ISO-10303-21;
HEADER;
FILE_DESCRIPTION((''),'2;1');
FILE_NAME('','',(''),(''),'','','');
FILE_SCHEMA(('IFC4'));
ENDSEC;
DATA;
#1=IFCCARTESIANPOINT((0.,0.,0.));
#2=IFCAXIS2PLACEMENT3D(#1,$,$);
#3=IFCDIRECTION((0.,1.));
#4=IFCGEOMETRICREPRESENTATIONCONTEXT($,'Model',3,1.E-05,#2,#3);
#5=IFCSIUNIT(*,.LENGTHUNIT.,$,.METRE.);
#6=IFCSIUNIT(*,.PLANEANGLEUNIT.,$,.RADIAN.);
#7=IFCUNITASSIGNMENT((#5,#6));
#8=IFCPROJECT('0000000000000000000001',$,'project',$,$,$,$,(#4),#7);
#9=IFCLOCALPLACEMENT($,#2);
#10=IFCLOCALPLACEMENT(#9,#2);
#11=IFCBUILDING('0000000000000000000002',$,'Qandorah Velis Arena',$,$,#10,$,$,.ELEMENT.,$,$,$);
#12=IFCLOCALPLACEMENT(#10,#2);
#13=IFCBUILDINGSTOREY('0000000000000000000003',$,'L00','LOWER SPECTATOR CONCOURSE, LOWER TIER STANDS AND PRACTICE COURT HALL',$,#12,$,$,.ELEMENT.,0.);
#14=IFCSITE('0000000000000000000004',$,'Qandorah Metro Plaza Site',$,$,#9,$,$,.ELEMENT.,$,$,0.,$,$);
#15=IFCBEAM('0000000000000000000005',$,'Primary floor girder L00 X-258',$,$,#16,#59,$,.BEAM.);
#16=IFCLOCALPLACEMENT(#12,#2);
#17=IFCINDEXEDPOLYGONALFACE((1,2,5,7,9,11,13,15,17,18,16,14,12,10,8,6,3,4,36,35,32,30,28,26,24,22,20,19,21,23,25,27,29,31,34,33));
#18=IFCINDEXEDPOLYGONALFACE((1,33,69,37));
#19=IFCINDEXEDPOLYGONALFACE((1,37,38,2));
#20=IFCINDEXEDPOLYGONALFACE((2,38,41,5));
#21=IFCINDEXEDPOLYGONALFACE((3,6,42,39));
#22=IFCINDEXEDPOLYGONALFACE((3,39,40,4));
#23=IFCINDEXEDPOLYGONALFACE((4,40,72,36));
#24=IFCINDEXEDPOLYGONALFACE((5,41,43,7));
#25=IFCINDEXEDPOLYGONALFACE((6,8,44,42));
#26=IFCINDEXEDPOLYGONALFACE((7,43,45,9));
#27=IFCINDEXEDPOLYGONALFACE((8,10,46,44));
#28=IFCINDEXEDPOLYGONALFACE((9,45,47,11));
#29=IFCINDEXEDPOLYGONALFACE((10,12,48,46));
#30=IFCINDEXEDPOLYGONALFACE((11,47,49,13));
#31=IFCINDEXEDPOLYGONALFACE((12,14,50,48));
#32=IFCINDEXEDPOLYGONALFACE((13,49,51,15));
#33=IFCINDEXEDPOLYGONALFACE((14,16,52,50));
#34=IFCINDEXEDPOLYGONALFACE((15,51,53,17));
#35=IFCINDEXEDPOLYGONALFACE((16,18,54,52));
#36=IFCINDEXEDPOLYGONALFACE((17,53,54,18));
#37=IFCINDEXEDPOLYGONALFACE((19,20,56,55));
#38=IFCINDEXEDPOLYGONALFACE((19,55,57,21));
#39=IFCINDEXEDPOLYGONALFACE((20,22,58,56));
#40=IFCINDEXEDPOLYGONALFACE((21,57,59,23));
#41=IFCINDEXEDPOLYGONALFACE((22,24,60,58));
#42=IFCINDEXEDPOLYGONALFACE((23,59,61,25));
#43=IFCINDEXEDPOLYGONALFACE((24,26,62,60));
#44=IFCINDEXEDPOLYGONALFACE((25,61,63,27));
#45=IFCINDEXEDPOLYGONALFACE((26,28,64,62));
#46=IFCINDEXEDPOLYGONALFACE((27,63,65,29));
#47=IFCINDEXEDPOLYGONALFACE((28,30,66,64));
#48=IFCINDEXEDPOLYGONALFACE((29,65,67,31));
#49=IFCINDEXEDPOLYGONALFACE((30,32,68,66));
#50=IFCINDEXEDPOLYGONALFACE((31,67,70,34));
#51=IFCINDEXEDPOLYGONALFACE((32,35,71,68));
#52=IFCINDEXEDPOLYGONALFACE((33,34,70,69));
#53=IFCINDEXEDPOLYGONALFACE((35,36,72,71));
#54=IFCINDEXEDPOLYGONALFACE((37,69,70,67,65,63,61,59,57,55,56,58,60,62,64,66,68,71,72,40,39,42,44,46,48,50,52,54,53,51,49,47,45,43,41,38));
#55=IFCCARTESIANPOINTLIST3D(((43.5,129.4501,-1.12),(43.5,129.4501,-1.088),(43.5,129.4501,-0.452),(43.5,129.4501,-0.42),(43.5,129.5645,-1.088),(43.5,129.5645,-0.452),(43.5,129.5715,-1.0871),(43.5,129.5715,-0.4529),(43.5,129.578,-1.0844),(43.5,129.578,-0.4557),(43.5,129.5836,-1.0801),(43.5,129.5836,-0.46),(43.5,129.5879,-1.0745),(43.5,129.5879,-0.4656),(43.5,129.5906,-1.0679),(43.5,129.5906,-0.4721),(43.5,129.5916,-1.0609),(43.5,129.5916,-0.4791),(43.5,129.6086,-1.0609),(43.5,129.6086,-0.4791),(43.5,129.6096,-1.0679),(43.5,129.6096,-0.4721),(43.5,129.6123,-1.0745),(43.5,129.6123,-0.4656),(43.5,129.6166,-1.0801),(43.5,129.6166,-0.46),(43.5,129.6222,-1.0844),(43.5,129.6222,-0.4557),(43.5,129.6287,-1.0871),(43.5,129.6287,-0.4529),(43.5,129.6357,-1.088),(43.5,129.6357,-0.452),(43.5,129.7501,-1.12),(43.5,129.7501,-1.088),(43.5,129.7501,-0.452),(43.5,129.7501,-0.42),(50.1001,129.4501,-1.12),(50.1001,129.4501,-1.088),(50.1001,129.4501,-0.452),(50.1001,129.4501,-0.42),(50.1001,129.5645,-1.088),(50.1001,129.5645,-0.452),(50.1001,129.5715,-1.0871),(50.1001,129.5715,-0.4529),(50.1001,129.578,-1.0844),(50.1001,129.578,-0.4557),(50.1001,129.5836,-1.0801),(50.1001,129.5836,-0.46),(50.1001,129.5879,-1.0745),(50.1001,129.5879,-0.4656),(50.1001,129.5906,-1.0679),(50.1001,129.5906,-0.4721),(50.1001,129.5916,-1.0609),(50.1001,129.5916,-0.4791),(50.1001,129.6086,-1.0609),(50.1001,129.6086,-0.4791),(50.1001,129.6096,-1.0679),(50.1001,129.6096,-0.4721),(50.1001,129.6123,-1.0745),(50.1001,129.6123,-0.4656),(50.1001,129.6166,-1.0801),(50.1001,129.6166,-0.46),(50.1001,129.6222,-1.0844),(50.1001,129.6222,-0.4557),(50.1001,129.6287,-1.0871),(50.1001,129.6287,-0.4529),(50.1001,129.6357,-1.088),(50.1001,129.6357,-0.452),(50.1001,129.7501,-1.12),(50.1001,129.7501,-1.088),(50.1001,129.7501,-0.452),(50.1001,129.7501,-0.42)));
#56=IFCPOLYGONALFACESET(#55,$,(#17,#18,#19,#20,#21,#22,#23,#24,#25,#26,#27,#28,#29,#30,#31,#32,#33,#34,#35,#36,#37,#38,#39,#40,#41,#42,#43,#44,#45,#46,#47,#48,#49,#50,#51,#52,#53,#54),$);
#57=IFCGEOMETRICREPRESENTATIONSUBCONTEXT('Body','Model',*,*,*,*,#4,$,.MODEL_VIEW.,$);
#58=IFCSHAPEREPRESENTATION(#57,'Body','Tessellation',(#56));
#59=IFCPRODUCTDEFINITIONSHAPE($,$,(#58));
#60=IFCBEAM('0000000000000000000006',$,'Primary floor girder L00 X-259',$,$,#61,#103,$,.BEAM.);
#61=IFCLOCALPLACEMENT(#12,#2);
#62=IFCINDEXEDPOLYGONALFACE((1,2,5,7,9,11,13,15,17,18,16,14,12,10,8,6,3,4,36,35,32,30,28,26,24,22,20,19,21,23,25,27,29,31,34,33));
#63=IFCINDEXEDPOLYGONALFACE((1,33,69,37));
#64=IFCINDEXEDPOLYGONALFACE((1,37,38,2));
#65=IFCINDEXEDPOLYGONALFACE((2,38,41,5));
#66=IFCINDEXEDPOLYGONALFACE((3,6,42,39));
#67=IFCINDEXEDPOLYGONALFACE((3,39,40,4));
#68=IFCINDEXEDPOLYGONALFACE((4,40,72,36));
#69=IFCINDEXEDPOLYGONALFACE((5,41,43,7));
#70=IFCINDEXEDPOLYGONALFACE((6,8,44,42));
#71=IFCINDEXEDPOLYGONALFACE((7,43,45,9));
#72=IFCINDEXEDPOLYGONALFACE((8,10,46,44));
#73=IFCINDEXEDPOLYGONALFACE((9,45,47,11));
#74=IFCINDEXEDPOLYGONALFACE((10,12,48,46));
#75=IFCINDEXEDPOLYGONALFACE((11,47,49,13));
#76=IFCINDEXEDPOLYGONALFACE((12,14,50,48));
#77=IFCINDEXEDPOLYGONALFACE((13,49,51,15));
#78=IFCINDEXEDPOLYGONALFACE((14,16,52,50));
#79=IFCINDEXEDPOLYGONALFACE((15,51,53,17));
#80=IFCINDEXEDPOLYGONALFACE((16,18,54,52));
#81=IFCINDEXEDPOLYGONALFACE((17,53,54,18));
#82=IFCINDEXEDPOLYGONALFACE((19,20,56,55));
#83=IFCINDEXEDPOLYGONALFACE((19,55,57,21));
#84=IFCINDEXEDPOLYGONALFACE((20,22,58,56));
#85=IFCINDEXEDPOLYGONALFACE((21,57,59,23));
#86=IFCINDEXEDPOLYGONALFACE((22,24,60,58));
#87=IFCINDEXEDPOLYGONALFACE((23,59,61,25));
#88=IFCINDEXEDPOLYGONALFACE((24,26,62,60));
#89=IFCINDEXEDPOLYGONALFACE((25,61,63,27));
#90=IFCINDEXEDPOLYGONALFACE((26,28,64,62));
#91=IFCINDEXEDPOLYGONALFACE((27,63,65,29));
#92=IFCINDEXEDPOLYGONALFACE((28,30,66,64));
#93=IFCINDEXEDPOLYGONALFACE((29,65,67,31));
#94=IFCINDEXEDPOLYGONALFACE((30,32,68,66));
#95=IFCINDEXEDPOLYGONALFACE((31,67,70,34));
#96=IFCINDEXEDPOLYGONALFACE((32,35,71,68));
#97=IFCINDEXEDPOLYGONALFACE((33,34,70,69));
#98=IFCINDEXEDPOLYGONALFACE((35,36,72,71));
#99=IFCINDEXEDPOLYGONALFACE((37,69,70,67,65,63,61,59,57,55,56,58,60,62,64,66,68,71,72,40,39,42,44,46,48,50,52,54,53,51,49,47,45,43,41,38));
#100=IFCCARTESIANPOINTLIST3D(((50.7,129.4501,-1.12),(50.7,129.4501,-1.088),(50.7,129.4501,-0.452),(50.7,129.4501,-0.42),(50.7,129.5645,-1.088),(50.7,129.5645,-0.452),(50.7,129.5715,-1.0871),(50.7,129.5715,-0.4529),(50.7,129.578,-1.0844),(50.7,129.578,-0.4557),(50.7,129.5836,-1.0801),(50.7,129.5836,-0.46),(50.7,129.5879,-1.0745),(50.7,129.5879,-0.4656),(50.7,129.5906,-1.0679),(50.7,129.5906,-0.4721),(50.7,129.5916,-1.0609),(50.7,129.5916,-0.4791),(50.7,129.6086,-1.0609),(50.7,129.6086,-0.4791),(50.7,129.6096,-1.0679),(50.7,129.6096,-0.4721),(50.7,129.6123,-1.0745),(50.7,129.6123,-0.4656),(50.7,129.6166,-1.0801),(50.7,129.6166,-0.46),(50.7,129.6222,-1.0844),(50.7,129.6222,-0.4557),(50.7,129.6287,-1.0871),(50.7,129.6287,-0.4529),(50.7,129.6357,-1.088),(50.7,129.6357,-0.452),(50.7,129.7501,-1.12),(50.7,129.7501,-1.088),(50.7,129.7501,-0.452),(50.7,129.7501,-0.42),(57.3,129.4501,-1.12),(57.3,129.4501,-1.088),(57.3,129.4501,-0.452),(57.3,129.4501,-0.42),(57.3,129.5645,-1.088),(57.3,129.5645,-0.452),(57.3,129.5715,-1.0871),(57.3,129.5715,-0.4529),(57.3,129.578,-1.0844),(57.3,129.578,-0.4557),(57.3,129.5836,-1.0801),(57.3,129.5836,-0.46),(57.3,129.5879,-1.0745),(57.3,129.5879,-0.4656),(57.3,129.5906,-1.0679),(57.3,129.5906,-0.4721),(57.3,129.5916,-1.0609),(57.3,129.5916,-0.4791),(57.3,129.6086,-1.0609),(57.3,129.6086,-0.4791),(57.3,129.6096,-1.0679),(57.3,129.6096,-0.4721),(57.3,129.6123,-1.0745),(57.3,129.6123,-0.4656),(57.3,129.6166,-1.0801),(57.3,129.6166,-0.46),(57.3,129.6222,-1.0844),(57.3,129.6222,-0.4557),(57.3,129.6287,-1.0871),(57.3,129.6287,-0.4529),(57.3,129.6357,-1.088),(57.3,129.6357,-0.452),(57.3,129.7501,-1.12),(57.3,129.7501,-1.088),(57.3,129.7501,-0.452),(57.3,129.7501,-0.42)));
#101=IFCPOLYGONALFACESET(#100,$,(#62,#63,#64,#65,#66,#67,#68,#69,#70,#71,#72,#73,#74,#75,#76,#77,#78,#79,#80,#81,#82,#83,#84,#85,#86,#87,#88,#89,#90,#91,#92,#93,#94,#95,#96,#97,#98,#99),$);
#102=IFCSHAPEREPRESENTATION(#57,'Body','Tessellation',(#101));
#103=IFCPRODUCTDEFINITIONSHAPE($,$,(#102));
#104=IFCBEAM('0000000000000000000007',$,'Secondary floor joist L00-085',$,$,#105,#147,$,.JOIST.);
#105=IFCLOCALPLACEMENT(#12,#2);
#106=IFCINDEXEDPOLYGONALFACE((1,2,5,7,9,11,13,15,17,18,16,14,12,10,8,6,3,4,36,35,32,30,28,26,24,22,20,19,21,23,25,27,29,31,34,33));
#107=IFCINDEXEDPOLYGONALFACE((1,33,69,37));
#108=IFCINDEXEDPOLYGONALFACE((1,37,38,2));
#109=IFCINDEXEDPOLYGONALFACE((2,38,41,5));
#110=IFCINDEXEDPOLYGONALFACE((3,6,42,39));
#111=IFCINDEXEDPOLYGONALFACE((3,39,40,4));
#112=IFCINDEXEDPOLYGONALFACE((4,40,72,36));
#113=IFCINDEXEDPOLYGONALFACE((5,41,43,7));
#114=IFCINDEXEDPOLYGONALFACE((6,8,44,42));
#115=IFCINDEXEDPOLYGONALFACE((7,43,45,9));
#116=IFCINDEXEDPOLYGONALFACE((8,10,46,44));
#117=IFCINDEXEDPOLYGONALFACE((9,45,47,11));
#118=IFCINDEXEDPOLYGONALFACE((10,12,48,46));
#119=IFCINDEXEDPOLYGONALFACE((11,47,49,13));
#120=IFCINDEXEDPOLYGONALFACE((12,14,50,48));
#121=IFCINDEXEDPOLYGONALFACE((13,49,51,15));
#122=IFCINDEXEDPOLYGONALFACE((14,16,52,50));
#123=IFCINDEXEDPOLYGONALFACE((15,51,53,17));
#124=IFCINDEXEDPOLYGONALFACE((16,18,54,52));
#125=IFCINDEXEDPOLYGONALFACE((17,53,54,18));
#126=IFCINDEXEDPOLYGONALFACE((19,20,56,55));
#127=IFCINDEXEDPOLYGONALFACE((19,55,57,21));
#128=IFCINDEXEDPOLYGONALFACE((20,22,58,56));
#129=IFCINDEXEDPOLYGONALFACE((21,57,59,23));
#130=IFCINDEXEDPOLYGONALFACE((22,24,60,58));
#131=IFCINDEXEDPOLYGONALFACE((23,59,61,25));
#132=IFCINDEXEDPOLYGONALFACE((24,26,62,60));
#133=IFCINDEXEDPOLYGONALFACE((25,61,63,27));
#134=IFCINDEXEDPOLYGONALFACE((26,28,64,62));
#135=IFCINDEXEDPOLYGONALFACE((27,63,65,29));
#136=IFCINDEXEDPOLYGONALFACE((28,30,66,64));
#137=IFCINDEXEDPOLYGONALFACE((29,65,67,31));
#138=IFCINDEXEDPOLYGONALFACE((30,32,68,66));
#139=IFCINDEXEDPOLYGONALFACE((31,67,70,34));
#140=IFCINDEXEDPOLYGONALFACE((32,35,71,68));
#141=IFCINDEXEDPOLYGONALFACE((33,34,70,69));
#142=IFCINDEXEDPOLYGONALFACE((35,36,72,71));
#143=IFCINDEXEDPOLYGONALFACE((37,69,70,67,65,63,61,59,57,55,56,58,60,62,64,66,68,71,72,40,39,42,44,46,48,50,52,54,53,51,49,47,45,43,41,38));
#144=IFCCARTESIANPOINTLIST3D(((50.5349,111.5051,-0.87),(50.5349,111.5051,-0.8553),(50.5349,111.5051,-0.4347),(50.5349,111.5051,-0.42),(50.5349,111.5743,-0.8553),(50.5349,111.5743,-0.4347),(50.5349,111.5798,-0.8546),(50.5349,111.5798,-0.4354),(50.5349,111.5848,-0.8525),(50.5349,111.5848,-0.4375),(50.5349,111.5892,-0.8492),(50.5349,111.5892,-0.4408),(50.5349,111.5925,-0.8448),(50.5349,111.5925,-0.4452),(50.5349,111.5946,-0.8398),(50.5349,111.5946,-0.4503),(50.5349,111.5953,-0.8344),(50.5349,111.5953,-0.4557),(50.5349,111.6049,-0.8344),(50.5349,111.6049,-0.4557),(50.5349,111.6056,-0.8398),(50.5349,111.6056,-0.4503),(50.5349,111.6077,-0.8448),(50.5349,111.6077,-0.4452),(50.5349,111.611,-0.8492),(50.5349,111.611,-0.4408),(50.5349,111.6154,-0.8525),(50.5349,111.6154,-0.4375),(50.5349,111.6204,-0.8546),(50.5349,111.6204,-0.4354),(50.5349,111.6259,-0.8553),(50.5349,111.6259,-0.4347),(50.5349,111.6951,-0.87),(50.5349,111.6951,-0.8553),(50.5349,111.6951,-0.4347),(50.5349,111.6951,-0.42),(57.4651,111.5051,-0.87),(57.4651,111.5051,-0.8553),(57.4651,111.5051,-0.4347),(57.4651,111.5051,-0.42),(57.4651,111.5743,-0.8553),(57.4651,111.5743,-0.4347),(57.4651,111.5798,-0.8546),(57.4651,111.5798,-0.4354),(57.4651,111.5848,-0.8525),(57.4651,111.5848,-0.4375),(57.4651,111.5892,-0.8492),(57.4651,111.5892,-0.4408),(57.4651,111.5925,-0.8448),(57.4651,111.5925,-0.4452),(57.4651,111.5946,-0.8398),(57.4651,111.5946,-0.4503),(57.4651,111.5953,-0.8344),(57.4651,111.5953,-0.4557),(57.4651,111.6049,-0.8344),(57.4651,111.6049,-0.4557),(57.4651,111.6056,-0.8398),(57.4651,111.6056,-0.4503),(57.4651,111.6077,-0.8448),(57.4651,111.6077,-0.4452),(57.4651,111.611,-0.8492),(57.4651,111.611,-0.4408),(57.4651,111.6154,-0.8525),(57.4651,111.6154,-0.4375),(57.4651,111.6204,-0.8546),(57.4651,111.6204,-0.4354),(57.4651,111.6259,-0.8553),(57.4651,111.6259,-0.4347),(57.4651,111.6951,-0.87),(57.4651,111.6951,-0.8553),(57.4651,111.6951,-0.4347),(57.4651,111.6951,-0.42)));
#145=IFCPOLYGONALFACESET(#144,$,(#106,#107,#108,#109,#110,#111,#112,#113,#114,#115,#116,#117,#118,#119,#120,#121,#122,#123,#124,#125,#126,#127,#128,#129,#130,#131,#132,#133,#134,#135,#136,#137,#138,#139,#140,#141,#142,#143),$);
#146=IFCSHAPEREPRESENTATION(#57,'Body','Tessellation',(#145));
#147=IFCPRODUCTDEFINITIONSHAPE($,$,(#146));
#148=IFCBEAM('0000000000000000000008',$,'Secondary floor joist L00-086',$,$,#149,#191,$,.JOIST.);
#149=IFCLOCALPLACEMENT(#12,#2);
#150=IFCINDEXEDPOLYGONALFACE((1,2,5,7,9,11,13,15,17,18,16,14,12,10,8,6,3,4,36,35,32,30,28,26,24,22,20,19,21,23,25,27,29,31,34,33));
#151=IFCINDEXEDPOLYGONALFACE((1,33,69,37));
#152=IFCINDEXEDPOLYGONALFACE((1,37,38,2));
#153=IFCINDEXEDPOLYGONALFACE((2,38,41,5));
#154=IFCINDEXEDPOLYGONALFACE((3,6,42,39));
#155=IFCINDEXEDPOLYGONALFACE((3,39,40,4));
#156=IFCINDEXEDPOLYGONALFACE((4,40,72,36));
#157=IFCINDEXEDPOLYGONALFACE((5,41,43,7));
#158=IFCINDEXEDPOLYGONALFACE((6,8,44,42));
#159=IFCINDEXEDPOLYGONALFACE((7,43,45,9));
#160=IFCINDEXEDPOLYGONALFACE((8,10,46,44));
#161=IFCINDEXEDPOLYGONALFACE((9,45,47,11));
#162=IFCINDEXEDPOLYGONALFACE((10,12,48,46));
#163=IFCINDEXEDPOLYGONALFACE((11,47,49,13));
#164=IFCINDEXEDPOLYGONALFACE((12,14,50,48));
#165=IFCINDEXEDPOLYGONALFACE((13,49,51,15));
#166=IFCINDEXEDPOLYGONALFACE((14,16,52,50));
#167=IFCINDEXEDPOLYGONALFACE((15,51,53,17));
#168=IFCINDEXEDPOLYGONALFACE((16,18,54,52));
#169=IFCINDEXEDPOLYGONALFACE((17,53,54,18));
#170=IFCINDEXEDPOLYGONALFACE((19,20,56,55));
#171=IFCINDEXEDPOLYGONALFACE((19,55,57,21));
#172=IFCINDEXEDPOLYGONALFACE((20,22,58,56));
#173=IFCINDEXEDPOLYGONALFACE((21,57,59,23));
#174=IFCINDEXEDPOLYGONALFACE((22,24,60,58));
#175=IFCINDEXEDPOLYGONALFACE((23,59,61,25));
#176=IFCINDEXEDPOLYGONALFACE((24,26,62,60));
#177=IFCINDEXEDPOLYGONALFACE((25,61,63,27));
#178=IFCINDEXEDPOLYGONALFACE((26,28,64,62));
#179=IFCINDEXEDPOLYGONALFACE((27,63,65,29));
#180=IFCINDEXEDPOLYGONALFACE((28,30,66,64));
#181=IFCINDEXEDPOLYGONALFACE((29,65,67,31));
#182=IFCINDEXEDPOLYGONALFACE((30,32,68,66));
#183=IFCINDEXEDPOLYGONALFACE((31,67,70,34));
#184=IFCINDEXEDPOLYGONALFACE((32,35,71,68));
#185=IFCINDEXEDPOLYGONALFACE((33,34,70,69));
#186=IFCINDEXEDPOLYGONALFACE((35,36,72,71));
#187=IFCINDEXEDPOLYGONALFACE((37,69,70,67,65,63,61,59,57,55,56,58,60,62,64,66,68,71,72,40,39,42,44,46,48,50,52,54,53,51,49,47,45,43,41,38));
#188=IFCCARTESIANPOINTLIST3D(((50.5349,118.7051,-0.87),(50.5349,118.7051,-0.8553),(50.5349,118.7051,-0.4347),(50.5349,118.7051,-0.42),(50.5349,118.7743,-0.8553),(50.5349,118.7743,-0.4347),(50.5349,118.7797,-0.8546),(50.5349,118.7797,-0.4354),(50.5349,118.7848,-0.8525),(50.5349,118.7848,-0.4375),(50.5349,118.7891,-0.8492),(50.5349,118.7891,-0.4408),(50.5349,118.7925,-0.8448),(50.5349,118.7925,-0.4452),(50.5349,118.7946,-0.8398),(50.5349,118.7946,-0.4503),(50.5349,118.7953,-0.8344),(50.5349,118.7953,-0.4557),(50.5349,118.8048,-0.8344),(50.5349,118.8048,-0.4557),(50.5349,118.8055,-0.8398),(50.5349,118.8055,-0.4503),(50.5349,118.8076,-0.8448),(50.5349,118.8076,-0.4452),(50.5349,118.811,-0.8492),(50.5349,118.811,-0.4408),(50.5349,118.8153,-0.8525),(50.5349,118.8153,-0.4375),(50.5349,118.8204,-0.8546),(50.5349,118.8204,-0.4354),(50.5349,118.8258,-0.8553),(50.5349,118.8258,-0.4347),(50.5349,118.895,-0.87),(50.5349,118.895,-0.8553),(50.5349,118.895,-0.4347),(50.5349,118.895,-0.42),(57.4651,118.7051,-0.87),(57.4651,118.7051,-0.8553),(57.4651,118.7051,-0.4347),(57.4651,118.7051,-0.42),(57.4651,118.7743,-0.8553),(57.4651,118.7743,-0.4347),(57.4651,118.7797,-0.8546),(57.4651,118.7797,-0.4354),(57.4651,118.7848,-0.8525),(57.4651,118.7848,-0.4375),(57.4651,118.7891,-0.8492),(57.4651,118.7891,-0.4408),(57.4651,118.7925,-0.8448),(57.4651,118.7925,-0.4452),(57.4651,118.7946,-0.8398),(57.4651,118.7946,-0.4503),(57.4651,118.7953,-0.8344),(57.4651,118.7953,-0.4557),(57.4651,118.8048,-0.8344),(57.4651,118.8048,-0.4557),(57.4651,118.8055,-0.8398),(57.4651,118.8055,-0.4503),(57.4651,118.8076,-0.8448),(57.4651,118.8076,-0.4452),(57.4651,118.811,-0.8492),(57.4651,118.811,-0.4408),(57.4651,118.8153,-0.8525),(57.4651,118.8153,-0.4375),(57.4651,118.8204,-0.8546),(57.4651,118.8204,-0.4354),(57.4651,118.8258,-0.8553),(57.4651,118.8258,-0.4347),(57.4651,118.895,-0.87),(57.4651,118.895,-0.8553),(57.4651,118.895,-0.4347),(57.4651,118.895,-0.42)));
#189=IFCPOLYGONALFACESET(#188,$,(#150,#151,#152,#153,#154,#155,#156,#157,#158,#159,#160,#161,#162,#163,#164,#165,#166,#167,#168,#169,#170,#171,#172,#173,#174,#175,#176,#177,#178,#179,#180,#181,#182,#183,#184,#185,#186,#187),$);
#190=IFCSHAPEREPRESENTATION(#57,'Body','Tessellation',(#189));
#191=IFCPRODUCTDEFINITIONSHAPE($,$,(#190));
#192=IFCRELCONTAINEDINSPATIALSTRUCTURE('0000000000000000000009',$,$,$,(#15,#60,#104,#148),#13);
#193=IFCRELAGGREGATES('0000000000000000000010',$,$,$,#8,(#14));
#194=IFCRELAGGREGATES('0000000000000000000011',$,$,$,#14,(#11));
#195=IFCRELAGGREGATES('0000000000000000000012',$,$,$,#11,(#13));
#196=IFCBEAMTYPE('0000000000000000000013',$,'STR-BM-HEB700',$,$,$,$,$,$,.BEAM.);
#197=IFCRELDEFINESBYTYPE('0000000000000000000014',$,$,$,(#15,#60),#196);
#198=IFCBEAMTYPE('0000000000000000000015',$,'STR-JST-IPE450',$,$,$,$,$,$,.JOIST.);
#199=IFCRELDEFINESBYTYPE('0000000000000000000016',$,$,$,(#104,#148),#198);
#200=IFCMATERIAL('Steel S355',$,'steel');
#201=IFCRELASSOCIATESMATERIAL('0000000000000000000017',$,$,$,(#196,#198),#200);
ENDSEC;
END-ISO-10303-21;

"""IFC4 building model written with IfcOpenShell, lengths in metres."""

from ifc_helpers import new_model, si_unit, direction, frame, origin, origin_2d, place, context, subcontext, project, spatial, i_section, extrude, material, material_profile, profile_set, type_object, element, save


model = new_model("IFC4")

# Units and contexts
model_context = context("Model", 3, precision=1e-05, world=origin(), true_north=direction((0.0, 1.0)))
body_context = subcontext(model_context, "Body", "Model", "MODEL_VIEW")
ifc_project = project(units=[si_unit("LENGTHUNIT", "METRE"), si_unit("PLANEANGLEUNIT", "RADIAN")], contexts=[model_context])

# Site, building, storey
site_placement = place(None, origin())
site = spatial("IfcSite", under=ifc_project, at=site_placement, Name="Qandorah Metro Plaza Site", CompositionType="ELEMENT", RefElevation=0.0)
building_placement = place(site_placement, origin())
building = spatial("IfcBuilding", under=site, at=building_placement, Name="Qandorah Velis Arena", CompositionType="ELEMENT")
storey_placement = place(building_placement, origin())
storey = spatial("IfcBuildingStorey", under=building, at=storey_placement, Name="L00", Description="LOWER SPECTATOR CONCOURSE, LOWER TIER STANDS AND PRACTICE COURT HALL", CompositionType="ELEMENT", Elevation=0.0)

# Beams
ifc_material_1 = material(Name="Steel S355", Category="steel")
ifc_material_profile_1 = material_profile(ifc_material_1, i_section(OverallWidth=0.3, OverallDepth=0.7, WebThickness=0.0171, FlangeThickness=0.032, FilletRadius=0.0271, at=origin_2d()), Name="HEB 700")
ifc_profile_set_1 = profile_set([ifc_material_profile_1], Name="Steel S355")
beam_type_1 = type_object("IfcBeamType", Name="STR-BM-HEB700", PredefinedType="BEAM", material=ifc_profile_set_1)
for number, where, z_axis, x_axis, name in (
    (1, (43.5, 129.6001, -0.77), (1.0, 0.0, 0.0), (0.0, 1.0, 0.0), "Primary floor girder L00 X-258"),
    (2, (50.7, 129.6001, -0.77), (1.0, 0.0, 0.0), (0.0, 1.0, 0.0), "Primary floor girder L00 X-259"),
):
    element("IfcBeam", number, at=place(storey_placement, frame(where, z_axis=z_axis, x_axis=x_axis)), inside=storey, type_object=beam_type_1, Name=name, PredefinedType="BEAM", context=body_context, shape_type="SweptSolid", body=[
        extrude(i_section(OverallWidth=0.3, OverallDepth=0.7, WebThickness=0.0171, FlangeThickness=0.032, FilletRadius=0.0271, at=origin_2d()), origin(), (0.0, 0.0, 1.0), 6.6001),
    ])
ifc_material_profile_2 = material_profile(ifc_material_1, i_section(OverallWidth=0.1899, OverallDepth=0.45, WebThickness=0.0095, FlangeThickness=0.0146, FilletRadius=0.021, at=origin_2d()), Name="IPE 450")
ifc_profile_set_2 = profile_set([ifc_material_profile_2], Name="Steel S355")
beam_type_2 = type_object("IfcBeamType", Name="STR-JST-IPE450", PredefinedType="JOIST", material=ifc_profile_set_2)
for number, where, z_axis, x_axis, name in (
    (3, (50.5349, 111.6001, -0.645), (1.0, 0.0, 0.0), (0.0, 1.0, 0.0), "Secondary floor joist L00-085"),
    (4, (50.5349, 118.8, -0.645), (1.0, 0.0, 0.0), (0.0, 1.0, 0.0), "Secondary floor joist L00-086"),
):
    element("IfcBeam", number, at=place(storey_placement, frame(where, z_axis=z_axis, x_axis=x_axis)), inside=storey, type_object=beam_type_2, Name=name, PredefinedType="JOIST", context=body_context, shape_type="SweptSolid", body=[
        extrude(i_section(OverallWidth=0.1899, OverallDepth=0.45, WebThickness=0.0095, FlangeThickness=0.0146, FilletRadius=0.021, at=origin_2d()), origin(), (0.0, 0.0, 1.0), 6.9302),
    ])

save(model, "model.ifc")
